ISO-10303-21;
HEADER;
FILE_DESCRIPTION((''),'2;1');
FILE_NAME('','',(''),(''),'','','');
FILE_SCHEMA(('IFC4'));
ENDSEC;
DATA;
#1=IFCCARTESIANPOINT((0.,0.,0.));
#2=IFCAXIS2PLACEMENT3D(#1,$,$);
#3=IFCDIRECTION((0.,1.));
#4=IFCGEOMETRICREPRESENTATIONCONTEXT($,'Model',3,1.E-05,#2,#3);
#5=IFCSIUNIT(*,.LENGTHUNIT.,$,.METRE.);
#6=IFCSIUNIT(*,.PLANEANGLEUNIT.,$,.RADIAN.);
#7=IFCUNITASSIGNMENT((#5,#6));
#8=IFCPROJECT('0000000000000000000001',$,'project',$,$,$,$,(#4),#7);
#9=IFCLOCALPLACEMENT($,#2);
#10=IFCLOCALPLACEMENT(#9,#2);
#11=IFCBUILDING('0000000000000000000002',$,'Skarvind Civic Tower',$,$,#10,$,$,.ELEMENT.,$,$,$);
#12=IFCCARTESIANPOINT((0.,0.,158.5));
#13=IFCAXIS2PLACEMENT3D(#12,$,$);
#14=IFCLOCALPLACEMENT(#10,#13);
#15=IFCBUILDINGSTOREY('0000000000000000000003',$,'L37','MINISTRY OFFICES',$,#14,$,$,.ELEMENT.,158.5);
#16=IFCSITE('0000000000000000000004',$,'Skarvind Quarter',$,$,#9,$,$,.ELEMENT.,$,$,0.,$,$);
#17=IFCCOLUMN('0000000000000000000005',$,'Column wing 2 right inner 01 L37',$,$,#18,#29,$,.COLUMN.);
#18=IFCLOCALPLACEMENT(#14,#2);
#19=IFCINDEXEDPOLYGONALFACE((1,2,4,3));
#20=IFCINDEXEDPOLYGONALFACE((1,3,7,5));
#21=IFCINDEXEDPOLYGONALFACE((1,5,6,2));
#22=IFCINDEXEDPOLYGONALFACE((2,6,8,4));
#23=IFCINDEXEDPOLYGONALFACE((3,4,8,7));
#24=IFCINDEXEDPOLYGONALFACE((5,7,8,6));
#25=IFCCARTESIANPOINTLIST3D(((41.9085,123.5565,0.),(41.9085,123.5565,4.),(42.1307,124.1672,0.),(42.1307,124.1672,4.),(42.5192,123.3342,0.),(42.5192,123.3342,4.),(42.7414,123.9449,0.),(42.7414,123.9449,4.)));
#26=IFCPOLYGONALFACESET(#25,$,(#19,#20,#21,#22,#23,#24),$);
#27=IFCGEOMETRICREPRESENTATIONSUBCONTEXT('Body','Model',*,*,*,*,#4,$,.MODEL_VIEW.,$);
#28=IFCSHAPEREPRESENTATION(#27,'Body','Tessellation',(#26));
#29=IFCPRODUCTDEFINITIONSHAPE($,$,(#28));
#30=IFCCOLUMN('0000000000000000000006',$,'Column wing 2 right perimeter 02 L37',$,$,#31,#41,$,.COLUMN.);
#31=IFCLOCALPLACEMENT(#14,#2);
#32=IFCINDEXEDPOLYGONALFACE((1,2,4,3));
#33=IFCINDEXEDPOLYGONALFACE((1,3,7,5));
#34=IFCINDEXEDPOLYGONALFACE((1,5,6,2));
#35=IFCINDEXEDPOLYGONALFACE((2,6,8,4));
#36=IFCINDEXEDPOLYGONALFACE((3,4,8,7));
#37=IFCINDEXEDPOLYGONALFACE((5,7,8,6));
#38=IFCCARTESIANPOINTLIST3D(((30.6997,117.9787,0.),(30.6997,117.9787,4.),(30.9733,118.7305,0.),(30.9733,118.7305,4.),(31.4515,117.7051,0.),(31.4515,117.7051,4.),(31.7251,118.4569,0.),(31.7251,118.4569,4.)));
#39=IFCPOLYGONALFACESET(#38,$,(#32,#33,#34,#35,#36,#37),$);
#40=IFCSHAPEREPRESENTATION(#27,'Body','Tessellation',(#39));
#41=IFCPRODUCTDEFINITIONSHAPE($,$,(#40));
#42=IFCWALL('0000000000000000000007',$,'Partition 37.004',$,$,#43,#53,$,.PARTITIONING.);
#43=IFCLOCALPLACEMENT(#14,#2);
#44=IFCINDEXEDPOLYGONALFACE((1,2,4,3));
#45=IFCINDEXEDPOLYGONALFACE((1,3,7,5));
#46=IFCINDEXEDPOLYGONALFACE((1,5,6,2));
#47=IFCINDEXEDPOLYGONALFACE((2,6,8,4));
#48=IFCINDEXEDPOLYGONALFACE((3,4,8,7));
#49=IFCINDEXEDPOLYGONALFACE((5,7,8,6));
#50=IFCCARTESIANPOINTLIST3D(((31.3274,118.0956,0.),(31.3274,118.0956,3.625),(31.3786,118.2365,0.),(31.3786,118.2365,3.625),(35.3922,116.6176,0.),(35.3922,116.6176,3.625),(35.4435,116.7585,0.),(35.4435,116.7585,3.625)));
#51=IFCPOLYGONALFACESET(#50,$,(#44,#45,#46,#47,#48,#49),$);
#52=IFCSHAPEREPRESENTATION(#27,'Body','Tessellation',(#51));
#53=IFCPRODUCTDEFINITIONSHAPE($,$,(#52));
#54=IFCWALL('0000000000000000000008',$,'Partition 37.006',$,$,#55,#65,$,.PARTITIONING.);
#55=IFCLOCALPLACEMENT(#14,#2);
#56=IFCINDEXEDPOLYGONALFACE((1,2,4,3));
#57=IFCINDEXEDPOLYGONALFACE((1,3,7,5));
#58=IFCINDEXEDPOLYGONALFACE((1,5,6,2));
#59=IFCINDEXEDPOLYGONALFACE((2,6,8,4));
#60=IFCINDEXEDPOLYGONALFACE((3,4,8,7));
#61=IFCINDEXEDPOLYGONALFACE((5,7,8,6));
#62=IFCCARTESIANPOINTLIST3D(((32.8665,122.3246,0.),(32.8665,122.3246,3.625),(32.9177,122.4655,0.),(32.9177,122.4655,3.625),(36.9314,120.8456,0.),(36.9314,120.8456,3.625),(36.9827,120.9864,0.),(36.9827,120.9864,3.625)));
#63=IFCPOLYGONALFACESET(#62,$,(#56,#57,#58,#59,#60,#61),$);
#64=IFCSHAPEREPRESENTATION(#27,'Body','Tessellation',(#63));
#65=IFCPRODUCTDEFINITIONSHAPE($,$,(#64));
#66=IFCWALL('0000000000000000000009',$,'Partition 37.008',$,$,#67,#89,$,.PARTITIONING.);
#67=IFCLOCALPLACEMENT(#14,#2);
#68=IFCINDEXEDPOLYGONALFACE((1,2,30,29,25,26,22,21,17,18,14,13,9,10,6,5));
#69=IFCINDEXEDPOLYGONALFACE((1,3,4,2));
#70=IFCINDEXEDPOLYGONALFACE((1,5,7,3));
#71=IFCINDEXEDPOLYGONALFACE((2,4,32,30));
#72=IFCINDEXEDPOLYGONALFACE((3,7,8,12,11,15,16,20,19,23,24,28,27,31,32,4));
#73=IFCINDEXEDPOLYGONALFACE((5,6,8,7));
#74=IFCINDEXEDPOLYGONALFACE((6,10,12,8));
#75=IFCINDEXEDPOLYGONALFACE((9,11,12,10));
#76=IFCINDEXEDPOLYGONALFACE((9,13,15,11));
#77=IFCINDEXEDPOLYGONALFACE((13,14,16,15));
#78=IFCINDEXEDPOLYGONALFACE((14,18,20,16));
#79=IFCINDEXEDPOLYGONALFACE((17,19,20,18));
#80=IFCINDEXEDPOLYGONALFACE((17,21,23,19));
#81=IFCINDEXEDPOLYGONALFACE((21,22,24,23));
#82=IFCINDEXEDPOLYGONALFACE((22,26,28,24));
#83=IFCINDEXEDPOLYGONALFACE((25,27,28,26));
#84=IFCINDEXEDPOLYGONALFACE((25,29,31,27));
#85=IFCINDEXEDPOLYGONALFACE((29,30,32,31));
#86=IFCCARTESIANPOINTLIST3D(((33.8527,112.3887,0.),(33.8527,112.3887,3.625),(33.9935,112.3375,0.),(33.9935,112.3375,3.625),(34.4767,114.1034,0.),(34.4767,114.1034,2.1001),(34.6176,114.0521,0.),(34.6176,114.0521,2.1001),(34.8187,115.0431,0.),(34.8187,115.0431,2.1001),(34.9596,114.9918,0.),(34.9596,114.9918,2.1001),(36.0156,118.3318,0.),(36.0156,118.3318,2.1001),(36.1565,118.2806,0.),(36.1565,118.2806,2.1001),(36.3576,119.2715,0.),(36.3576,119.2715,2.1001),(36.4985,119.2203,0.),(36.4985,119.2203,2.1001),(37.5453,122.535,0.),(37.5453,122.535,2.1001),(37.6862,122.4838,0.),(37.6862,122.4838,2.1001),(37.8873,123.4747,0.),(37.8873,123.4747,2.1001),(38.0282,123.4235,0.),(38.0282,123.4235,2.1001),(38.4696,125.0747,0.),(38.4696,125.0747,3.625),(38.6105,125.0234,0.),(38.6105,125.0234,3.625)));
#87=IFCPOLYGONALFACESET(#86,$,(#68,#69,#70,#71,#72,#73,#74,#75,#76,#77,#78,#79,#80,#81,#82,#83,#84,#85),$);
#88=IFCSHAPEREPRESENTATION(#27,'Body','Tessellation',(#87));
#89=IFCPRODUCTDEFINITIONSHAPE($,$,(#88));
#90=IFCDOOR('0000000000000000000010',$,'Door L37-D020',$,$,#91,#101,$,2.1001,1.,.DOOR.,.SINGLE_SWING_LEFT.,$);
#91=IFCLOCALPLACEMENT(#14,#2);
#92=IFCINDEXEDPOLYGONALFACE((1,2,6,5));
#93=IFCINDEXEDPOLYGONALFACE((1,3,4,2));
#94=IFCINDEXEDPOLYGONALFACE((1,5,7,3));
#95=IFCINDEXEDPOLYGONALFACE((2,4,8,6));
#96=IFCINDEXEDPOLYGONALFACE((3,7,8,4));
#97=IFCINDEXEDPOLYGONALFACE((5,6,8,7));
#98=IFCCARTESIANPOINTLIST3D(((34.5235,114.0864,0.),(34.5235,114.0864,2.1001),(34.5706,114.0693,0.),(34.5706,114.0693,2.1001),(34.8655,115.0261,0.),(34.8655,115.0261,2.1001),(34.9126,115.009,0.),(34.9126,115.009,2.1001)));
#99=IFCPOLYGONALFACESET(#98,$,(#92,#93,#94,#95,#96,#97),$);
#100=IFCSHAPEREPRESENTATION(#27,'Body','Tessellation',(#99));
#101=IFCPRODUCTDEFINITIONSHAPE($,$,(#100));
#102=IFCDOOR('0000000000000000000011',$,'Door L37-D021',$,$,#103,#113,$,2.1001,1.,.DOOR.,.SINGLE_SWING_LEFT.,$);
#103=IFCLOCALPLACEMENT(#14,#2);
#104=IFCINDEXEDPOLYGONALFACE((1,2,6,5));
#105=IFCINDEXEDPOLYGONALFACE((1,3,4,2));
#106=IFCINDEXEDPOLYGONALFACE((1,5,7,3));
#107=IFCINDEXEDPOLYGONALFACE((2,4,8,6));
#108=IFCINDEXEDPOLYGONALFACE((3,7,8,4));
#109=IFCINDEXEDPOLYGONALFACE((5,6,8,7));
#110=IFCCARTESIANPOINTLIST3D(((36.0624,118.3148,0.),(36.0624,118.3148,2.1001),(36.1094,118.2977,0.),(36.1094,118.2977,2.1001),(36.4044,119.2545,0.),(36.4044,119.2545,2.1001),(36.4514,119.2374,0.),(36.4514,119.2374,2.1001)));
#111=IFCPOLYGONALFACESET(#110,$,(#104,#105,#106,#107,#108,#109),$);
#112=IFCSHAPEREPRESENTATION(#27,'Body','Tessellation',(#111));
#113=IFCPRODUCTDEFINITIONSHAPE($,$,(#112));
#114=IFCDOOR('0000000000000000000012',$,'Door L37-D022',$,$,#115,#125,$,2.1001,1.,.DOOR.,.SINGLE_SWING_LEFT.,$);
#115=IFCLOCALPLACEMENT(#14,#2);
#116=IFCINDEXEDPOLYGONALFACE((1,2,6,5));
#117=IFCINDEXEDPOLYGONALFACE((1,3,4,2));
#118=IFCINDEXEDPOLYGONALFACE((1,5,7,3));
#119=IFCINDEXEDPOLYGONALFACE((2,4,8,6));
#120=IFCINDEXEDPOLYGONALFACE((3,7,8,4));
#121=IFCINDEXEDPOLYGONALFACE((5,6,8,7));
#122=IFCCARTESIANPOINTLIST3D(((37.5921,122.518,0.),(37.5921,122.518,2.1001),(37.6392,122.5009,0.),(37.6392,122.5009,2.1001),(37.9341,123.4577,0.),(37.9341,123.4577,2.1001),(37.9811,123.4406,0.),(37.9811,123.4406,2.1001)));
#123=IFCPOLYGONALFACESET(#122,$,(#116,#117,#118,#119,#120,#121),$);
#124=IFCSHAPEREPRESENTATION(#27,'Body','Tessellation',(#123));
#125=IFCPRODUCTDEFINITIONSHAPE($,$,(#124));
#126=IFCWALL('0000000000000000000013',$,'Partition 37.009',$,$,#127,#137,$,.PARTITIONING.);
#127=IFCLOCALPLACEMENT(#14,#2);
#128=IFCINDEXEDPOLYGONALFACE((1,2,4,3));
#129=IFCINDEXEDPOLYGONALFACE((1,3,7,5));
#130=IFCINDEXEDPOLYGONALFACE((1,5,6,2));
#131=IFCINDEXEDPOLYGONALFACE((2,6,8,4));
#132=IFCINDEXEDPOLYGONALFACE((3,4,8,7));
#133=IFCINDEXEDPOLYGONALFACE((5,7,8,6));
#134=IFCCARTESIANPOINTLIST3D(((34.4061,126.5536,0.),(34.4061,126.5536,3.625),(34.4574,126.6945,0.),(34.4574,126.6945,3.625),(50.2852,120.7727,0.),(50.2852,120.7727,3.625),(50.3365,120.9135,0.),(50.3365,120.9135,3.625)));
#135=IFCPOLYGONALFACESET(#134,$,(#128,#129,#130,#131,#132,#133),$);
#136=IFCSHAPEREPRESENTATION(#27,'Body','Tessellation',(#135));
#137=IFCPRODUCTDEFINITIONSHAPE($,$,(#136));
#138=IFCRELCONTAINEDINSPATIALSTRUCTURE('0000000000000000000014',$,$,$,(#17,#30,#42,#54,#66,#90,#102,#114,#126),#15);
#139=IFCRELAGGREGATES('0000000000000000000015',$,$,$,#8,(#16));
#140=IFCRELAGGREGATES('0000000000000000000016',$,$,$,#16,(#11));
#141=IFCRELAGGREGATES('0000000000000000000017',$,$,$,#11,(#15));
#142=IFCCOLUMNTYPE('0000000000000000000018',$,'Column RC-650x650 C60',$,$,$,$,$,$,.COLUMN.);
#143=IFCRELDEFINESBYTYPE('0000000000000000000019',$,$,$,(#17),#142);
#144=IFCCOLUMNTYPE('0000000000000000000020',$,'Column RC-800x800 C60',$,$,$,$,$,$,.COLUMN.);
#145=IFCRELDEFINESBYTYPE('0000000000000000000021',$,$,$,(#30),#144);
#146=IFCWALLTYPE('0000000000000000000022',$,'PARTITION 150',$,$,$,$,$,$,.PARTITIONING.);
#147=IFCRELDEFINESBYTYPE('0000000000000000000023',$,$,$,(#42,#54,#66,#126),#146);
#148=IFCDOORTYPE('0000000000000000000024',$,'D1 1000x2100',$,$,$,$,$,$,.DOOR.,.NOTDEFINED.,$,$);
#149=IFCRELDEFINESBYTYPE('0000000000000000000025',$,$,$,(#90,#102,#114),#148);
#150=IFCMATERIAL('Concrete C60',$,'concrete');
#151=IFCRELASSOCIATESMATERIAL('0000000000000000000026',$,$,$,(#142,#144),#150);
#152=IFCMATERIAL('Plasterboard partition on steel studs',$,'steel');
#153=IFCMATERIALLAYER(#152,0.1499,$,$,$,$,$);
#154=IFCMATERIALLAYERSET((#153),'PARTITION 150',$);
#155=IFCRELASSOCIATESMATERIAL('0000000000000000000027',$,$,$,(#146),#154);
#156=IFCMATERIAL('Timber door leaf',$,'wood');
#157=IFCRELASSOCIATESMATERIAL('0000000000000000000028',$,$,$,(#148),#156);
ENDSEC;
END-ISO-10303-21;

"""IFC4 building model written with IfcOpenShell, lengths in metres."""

from ifc_helpers import new_model, si_unit, direction, frame, frame_2d, origin, origin_2d, place, context, subcontext, project, spatial, rectangle, extrude, material, layer, layer_set, material_profile, profile_set, type_object, element, fill, save


model = new_model("IFC4")

# Units and contexts
model_context = context("Model", 3, precision=1e-05, world=origin(), true_north=direction((0.0, 1.0)))
body_context = subcontext(model_context, "Body", "Model", "MODEL_VIEW")
ifc_project = project(units=[si_unit("LENGTHUNIT", "METRE"), si_unit("PLANEANGLEUNIT", "RADIAN")], contexts=[model_context])

# Site, building, storey
site_placement = place(None, origin())
site = spatial("IfcSite", under=ifc_project, at=site_placement, Name="Skarvind Quarter", CompositionType="ELEMENT", RefElevation=0.0)
building_placement = place(site_placement, origin())
building = spatial("IfcBuilding", under=site, at=building_placement, Name="Skarvind Civic Tower", CompositionType="ELEMENT")
storey_placement = place(building_placement, frame((0.0, 0.0, 158.5)))
storey = spatial("IfcBuildingStorey", under=building, at=storey_placement, Name="L37", Description="MINISTRY OFFICES", CompositionType="ELEMENT", Elevation=158.5)

# Columns
ifc_material_1 = material(Name="Concrete C60", Category="concrete")
ifc_material_profile_1 = material_profile(ifc_material_1, rectangle(XDim=0.6499, YDim=0.6499, at=origin_2d()), Name="RC-650x650")
ifc_profile_set_1 = profile_set([ifc_material_profile_1], Name="Concrete C60")
column_type_1 = type_object("IfcColumnType", Name="Column RC-650x650 C60", PredefinedType="COLUMN", material=ifc_profile_set_1)
column_1_placement = place(storey_placement, frame((42.325, 123.7507, 0.0), z_axis=(0.0, 0.0, 1.0), x_axis=(-0.34202, -0.939693, 0.0)))
element("IfcColumn", 1, at=column_1_placement, inside=storey, type_object=column_type_1, Name="Column wing 2 right inner 01 L37", PredefinedType="COLUMN", context=body_context, shape_type="SweptSolid", body=[
    extrude(rectangle(XDim=0.6499, YDim=0.6499, at=origin_2d()), origin(), (0.0, 0.0, 1.0), 4.0),
])
ifc_material_profile_2 = material_profile(ifc_material_1, rectangle(XDim=0.8, YDim=0.8, at=origin_2d()), Name="RC-800x800")
ifc_profile_set_2 = profile_set([ifc_material_profile_2], Name="Concrete C60")
column_type_2 = type_object("IfcColumnType", Name="Column RC-800x800 C60", PredefinedType="COLUMN", material=ifc_profile_set_2)
column_2_placement = place(storey_placement, frame((31.2124, 118.2178, 0.0), z_axis=(0.0, 0.0, 1.0), x_axis=(-0.34202, -0.939693, 0.0)))
element("IfcColumn", 2, at=column_2_placement, inside=storey, type_object=column_type_2, Name="Column wing 2 right perimeter 02 L37", PredefinedType="COLUMN", context=body_context, shape_type="SweptSolid", body=[
    extrude(rectangle(XDim=0.8, YDim=0.8, at=origin_2d()), origin(), (0.0, 0.0, 1.0), 4.0),
])

# Walls
ifc_material_2 = material(Name="Plasterboard partition on steel studs", Category="steel")
ifc_layer = layer(ifc_material_2, 0.1499)
ifc_layer_set = layer_set([ifc_layer], Name="PARTITION 150")
wall_type = type_object("IfcWallType", Name="PARTITION 150", PredefinedType="PARTITIONING", material=ifc_layer_set)
wall_1_placement = place(storey_placement, frame((31.353, 118.166, 0.0), z_axis=(0.0, 0.0, 1.0), x_axis=(0.939803, -0.341716, 0.0)))
element("IfcWall", 3, at=wall_1_placement, inside=storey, type_object=wall_type, Name="Partition 37.004", PredefinedType="PARTITIONING", context=body_context, shape_type="SweptSolid", body=[
    extrude(rectangle(XDim=4.3252, YDim=0.1499, at=frame_2d((2.1626, 0.0))), origin(), (0.0, 0.0, 1.0), 3.625),
])
wall_2_placement = place(storey_placement, frame((32.8921, 122.395, 0.0), z_axis=(0.0, 0.0, 1.0), x_axis=(0.939731, -0.341915, 0.0)))
element("IfcWall", 4, at=wall_2_placement, inside=storey, type_object=wall_type, Name="Partition 37.006", PredefinedType="PARTITIONING", context=body_context, shape_type="SweptSolid", body=[
    extrude(rectangle(XDim=4.3257, YDim=0.1499, at=frame_2d((2.1628, 0.0))), origin(), (0.0, 0.0, 1.0), 3.625),
])

# Wall, openings, doors
wall_3_placement = place(storey_placement, frame((38.54, 125.0491, 0.0), z_axis=(0.0, 0.0, 1.0), x_axis=(-0.341994, -0.939702, 0.0)))
wall_3 = element("IfcWall", 5, at=wall_3_placement, inside=storey, type_object=wall_type, Name="Partition 37.008", PredefinedType="PARTITIONING", context=body_context, shape_type="SweptSolid", body=[
    extrude(rectangle(XDim=13.5, YDim=0.1499, at=frame_2d((6.75, 0.0))), origin(), (0.0, 0.0, 1.0), 3.625),
])
opening_1_placement = place(wall_3_placement, frame((10.6753, 0.0, 0.0)))
opening_1 = element("IfcOpeningElement", 6, at=opening_1_placement, cuts=wall_3, PredefinedType="OPENING", context=body_context, shape_type="SweptSolid", body=[
    extrude(rectangle(XDim=1.0, YDim=2.1001, at=frame_2d((0.5, 1.05))), frame((0.0, 0.085, 0.0), z_axis=(0.0, -1.0, 0.0), x_axis=(1.0, 0.0, 0.0)), (0.0, 0.0, 1.0), 0.1699),
])
opening_2_placement = place(wall_3_placement, frame((6.1755, 0.0, 0.0)))
opening_2 = element("IfcOpeningElement", 7, at=opening_2_placement, cuts=wall_3, PredefinedType="OPENING", context=body_context, shape_type="SweptSolid", body=[
    extrude(rectangle(XDim=1.0, YDim=2.1001, at=frame_2d((0.5, 1.05))), frame((0.0, 0.085, 0.0), z_axis=(0.0, -1.0, 0.0), x_axis=(1.0, 0.0, 0.0)), (0.0, 0.0, 1.0), 0.1699),
])
opening_3_placement = place(wall_3_placement, frame((1.7026, 0.0, 0.0)))
opening_3 = element("IfcOpeningElement", 8, at=opening_3_placement, cuts=wall_3, PredefinedType="OPENING", context=body_context, shape_type="SweptSolid", body=[
    extrude(rectangle(XDim=1.0, YDim=2.1001, at=frame_2d((0.5, 1.05))), frame((0.0, 0.085, 0.0), z_axis=(0.0, -1.0, 0.0), x_axis=(1.0, 0.0, 0.0)), (0.0, 0.0, 1.0), 0.1699),
])
ifc_material_3 = material(Name="Timber door leaf", Category="wood")
door_type = type_object("IfcDoorType", Name="D1 1000x2100", OperationType="NOTDEFINED", PredefinedType="DOOR", material=ifc_material_3)
door_1_placement = place(opening_1_placement, origin())
door_1 = element("IfcDoor", 9, at=door_1_placement, inside=storey, type_object=door_type, Name="Door L37-D020", OperationType="SINGLE_SWING_LEFT", OverallHeight=2.1001, OverallWidth=1.0, PredefinedType="DOOR", context=body_context, shape_type="SweptSolid", body=[
    extrude(rectangle(XDim=1.0, YDim=2.1001, at=frame_2d((0.5, 1.05))), frame((0.0, 0.0249, 0.0), z_axis=(0.0, -1.0, 0.0), x_axis=(1.0, 0.0, 0.0)), (0.0, 0.0, 1.0), 0.05),
])
fill(opening_1, door_1)
door_2_placement = place(opening_2_placement, origin())
door_2 = element("IfcDoor", 10, at=door_2_placement, inside=storey, type_object=door_type, Name="Door L37-D021", OperationType="SINGLE_SWING_LEFT", OverallHeight=2.1001, OverallWidth=1.0, PredefinedType="DOOR", context=body_context, shape_type="SweptSolid", body=[
    extrude(rectangle(XDim=1.0, YDim=2.1001, at=frame_2d((0.5, 1.05))), frame((0.0, 0.0249, 0.0), z_axis=(0.0, -1.0, 0.0), x_axis=(1.0, 0.0, 0.0)), (0.0, 0.0, 1.0), 0.05),
])
fill(opening_2, door_2)
door_3_placement = place(opening_3_placement, origin())
door_3 = element("IfcDoor", 11, at=door_3_placement, inside=storey, type_object=door_type, Name="Door L37-D022", OperationType="SINGLE_SWING_LEFT", OverallHeight=2.1001, OverallWidth=1.0, PredefinedType="DOOR", context=body_context, shape_type="SweptSolid", body=[
    extrude(rectangle(XDim=1.0, YDim=2.1001, at=frame_2d((0.5, 1.05))), frame((0.0, 0.0249, 0.0), z_axis=(0.0, -1.0, 0.0), x_axis=(1.0, 0.0, 0.0)), (0.0, 0.0, 1.0), 0.05),
])
fill(opening_3, door_3)

# Wall
wall_4_placement = place(storey_placement, frame((34.4319, 126.624, 0.0), z_axis=(0.0, 0.0, 1.0), x_axis=(0.939665, -0.342097, 0.0)))
element("IfcWall", 12, at=wall_4_placement, inside=storey, type_object=wall_type, Name="Partition 37.009", PredefinedType="PARTITIONING", context=body_context, shape_type="SweptSolid", body=[
    extrude(rectangle(XDim=16.8987, YDim=0.1499, at=frame_2d((8.4492, 0.0))), origin(), (0.0, 0.0, 1.0), 3.625),
])

save(model, "model.ifc")
